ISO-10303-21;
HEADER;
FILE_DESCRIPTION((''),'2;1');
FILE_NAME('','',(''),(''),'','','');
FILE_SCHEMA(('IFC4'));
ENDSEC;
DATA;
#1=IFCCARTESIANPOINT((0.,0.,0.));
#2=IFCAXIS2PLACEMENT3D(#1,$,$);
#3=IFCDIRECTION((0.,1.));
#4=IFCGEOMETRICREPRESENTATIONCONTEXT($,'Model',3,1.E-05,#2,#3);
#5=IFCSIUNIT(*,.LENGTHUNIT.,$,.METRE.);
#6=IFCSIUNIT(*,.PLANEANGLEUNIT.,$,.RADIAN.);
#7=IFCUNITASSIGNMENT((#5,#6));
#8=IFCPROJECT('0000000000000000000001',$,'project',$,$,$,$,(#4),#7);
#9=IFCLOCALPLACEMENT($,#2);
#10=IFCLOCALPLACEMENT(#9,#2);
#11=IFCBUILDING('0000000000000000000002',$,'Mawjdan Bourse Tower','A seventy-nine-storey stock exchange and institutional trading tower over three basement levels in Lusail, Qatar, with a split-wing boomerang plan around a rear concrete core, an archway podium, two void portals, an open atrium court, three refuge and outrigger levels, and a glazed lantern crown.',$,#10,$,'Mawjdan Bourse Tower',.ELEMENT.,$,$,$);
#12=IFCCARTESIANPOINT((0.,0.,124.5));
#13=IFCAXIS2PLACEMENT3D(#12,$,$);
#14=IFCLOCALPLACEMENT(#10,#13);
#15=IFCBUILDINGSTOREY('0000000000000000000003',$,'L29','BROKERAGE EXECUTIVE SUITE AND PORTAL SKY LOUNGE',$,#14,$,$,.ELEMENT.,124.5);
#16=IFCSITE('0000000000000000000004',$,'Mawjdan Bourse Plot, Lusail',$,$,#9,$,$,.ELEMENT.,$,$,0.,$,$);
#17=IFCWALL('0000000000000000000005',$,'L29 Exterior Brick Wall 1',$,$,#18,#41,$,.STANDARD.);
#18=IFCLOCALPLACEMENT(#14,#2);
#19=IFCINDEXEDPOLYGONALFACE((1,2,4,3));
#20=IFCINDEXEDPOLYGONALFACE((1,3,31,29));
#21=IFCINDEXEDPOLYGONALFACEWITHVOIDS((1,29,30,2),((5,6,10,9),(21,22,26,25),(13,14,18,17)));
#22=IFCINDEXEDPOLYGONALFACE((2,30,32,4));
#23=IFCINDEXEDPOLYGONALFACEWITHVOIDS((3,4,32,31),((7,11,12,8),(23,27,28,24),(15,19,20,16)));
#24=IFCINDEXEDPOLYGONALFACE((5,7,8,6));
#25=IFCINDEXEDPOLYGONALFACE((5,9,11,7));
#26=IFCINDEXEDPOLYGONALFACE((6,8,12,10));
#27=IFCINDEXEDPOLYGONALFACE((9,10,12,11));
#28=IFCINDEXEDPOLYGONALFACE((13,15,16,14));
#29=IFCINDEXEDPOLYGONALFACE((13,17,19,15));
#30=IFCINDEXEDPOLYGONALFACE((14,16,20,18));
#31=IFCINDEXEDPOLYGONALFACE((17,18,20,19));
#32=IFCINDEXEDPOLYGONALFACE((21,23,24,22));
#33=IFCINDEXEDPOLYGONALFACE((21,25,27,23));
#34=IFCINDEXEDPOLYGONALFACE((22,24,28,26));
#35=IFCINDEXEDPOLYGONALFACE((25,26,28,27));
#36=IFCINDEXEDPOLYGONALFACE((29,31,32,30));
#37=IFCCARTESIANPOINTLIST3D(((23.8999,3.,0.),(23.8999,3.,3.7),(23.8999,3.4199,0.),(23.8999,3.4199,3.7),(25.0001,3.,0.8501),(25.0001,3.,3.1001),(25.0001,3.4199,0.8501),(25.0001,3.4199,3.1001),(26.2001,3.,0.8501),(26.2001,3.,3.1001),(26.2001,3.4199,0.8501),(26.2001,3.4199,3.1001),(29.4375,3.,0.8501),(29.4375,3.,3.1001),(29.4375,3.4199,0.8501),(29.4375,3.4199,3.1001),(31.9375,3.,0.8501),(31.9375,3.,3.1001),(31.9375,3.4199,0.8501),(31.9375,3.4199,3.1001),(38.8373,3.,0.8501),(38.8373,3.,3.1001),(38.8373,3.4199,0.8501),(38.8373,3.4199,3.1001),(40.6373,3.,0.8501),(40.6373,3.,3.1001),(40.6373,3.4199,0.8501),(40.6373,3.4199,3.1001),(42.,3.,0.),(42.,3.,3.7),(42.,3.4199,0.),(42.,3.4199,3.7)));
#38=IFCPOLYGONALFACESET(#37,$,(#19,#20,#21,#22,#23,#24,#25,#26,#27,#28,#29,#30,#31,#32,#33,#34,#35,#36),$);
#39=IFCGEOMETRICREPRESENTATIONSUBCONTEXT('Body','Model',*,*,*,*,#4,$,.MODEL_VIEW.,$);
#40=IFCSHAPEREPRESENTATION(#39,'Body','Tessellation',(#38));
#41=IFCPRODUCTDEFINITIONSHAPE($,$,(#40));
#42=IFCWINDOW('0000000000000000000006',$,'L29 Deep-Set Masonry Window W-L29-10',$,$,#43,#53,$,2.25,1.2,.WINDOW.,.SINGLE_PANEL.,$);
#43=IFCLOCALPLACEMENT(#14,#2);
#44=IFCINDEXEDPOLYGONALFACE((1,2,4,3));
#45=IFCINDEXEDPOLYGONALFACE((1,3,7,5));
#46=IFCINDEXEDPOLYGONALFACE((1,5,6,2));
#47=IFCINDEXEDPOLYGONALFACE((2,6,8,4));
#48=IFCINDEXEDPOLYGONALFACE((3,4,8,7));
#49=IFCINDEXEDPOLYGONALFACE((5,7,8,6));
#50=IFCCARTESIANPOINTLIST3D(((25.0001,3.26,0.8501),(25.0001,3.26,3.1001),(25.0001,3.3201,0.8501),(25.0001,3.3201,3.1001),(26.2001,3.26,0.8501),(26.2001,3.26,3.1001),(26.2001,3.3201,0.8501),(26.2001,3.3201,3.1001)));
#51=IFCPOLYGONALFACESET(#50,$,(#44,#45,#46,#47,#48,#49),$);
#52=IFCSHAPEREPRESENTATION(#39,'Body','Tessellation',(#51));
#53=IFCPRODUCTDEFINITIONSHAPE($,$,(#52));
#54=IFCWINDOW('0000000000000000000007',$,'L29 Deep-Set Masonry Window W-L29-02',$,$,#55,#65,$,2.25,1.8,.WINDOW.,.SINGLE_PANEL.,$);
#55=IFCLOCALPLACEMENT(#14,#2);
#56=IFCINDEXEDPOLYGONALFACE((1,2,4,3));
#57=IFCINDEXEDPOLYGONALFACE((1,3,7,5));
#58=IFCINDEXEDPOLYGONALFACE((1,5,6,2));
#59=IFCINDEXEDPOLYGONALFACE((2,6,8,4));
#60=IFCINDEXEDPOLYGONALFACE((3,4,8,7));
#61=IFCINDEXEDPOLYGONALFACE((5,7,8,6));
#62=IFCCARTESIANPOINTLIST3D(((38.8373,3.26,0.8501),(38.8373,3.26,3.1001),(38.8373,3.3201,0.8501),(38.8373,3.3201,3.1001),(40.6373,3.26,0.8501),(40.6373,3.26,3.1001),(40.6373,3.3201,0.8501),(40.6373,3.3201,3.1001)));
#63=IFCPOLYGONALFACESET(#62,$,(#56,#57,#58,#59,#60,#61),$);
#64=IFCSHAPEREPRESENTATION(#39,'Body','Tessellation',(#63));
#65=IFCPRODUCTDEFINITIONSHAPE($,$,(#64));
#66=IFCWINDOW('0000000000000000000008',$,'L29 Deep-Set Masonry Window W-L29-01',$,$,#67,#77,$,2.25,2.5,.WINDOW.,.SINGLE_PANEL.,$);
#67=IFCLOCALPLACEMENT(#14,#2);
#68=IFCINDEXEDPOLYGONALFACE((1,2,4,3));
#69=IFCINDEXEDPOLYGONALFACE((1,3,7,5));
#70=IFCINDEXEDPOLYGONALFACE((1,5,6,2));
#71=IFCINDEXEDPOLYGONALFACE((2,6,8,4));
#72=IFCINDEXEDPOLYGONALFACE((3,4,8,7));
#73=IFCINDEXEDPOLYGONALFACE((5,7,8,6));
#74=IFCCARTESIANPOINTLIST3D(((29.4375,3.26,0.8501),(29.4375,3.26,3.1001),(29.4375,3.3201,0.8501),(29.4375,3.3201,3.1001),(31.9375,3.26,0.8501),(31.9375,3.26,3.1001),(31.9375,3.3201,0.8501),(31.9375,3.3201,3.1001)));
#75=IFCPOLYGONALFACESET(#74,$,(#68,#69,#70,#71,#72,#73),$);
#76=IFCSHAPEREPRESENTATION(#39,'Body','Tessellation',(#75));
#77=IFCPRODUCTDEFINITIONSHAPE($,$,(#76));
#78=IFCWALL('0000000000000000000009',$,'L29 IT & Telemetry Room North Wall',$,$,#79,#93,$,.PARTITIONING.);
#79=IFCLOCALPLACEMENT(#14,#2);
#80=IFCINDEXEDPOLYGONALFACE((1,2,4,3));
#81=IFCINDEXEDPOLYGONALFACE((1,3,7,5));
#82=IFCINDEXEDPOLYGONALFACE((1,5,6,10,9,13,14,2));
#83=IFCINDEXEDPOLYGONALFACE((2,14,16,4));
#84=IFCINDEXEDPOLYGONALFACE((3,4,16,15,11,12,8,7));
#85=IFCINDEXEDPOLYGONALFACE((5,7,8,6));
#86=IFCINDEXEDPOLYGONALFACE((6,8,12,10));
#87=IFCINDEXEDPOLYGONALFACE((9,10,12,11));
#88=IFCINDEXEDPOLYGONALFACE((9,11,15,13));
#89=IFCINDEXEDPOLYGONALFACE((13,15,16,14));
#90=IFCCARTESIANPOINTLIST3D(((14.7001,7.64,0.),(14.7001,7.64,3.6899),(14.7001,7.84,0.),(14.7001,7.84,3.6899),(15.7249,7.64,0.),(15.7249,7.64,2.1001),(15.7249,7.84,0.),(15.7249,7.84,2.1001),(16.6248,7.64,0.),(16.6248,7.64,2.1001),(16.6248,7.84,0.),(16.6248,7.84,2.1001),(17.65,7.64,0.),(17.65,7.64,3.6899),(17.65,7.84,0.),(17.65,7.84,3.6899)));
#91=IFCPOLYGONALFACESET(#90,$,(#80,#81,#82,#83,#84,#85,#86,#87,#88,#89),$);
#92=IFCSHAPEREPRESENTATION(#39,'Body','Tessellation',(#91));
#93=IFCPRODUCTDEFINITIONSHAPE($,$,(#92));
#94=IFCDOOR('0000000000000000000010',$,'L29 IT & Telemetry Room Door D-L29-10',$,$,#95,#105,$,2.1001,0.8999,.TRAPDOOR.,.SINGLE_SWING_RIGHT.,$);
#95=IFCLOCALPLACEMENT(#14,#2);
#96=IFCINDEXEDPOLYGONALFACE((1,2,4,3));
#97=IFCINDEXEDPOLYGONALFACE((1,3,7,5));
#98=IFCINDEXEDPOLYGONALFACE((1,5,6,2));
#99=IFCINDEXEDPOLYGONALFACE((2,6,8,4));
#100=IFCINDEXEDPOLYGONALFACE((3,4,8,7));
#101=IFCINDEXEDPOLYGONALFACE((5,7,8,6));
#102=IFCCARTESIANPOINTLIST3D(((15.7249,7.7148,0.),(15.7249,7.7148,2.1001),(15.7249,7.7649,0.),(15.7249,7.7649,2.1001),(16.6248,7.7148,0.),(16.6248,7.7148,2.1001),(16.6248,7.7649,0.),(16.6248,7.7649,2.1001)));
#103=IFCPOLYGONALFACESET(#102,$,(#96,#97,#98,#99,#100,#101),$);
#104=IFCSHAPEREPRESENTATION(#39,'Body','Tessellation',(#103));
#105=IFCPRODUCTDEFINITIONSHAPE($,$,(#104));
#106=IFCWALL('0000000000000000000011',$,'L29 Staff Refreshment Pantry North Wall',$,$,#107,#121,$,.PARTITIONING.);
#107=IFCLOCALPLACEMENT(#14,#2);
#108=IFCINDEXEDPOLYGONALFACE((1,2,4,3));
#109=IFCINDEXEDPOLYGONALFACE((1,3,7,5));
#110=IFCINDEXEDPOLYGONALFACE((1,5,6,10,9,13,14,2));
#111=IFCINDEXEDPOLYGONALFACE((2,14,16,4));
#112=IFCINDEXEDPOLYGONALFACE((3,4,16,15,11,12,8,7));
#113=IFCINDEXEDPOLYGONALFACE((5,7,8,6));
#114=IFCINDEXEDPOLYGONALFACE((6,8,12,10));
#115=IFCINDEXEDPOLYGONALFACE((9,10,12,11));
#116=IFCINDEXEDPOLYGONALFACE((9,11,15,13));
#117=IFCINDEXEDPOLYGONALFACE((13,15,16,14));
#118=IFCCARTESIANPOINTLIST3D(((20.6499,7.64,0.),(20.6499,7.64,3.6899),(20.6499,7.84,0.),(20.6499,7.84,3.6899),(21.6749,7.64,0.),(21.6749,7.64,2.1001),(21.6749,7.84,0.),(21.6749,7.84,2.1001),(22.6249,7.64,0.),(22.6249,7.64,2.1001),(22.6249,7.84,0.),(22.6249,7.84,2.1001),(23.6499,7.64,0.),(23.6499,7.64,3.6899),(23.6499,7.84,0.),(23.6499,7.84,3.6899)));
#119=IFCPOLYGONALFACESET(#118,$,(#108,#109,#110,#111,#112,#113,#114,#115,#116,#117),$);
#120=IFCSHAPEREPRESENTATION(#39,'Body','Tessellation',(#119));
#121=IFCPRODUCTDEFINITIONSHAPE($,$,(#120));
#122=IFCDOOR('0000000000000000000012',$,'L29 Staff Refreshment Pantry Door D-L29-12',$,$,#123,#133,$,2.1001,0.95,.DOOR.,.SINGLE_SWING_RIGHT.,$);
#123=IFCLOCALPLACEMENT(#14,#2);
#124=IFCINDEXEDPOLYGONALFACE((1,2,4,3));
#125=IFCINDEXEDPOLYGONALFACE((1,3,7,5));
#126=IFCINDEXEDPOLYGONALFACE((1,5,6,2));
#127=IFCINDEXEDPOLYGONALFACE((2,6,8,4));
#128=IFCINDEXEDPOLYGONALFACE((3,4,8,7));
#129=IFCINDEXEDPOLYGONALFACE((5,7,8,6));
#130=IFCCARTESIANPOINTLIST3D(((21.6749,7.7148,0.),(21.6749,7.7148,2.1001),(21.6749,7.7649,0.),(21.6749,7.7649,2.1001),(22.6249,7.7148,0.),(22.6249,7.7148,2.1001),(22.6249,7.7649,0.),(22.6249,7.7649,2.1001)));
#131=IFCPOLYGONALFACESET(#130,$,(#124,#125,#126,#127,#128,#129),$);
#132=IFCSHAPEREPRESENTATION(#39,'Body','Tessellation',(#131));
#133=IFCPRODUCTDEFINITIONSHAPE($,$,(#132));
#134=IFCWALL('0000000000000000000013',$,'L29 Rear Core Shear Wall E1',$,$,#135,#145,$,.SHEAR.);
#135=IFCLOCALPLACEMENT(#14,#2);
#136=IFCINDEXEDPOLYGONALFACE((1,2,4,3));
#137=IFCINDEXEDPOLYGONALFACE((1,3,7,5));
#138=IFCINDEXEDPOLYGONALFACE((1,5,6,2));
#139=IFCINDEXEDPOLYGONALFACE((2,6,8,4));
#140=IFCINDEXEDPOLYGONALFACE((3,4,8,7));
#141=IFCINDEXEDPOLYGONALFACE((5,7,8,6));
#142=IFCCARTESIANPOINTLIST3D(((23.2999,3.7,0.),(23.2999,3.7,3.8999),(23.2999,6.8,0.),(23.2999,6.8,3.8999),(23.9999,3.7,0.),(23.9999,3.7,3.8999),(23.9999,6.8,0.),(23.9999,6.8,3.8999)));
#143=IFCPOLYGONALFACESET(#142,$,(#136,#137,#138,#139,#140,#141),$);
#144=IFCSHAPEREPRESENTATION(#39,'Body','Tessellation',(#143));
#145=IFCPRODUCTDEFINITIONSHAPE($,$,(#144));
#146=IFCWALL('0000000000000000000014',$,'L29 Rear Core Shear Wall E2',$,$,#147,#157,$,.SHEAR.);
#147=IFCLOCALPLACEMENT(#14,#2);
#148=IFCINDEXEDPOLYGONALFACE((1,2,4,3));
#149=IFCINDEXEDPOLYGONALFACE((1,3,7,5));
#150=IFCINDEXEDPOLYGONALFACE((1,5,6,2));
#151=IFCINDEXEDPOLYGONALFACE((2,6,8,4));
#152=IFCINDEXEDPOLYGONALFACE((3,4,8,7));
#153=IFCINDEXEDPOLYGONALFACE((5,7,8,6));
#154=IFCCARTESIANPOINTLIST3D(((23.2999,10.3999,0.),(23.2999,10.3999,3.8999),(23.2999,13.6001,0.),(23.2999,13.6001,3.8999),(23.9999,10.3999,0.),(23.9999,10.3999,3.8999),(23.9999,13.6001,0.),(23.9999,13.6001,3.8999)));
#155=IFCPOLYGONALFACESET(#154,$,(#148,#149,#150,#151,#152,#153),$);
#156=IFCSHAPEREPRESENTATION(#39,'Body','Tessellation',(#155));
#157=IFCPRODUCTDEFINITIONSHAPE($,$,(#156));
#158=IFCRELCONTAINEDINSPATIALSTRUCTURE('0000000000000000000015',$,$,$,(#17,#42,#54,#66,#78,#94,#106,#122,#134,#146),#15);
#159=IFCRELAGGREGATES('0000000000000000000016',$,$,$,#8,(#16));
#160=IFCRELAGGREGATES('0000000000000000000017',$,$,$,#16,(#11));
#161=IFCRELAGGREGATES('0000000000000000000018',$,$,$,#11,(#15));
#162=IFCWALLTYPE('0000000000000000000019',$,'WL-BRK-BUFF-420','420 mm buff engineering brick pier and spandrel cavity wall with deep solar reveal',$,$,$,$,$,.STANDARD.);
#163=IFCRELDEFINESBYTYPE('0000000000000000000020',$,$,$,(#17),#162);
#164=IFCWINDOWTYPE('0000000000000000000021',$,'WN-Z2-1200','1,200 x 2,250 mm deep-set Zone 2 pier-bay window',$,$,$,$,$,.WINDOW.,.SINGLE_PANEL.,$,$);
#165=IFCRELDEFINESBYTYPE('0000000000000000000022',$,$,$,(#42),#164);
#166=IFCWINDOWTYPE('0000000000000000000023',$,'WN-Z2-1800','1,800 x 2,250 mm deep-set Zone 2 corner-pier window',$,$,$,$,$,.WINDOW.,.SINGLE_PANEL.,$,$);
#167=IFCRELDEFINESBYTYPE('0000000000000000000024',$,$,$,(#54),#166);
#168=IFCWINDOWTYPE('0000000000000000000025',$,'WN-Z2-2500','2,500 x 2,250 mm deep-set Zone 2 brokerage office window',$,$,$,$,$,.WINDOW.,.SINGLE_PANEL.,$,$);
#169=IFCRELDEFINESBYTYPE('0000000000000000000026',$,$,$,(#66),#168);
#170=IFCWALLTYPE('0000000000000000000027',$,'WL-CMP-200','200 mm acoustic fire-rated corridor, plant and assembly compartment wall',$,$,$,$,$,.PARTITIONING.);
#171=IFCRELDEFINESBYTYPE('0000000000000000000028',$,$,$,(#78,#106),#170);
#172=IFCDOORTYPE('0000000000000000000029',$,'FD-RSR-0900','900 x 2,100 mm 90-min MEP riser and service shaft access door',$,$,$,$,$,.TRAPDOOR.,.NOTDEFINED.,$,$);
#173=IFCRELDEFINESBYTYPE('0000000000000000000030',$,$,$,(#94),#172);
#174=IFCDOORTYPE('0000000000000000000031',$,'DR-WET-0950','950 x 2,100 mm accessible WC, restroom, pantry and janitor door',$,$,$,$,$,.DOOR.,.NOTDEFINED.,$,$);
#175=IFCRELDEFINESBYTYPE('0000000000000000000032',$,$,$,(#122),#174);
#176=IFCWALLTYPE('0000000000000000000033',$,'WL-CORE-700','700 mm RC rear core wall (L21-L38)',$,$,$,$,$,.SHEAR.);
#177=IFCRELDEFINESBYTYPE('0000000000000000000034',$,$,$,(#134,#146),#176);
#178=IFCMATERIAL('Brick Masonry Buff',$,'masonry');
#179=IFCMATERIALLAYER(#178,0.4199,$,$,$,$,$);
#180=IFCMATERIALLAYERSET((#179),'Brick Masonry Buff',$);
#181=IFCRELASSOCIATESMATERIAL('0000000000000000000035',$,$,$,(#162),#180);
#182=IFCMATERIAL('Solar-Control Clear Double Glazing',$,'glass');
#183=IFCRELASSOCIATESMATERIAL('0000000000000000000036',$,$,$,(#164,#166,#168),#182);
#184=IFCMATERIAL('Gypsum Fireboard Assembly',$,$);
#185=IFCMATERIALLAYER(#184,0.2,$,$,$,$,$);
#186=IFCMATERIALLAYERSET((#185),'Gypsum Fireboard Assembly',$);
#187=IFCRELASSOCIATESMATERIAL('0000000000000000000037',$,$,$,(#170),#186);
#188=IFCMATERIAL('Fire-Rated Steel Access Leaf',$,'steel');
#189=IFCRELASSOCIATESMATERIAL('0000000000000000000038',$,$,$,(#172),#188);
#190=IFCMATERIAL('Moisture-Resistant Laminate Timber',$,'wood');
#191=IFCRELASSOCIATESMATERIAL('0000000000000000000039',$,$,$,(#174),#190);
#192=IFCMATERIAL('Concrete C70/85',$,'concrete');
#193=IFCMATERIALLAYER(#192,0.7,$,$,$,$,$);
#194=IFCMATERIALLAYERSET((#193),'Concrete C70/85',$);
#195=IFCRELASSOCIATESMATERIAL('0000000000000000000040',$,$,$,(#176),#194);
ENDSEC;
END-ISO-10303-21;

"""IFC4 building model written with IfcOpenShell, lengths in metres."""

from ifc_helpers import new_model, si_unit, direction, frame, frame_2d, origin, place, context, subcontext, project, spatial, rectangle, extrude, material, layer, layer_set, type_object, element, fill, save


model = new_model("IFC4")

# Units and contexts
model_context = context("Model", 3, precision=1e-05, world=origin(), true_north=direction((0.0, 1.0)))
body_context = subcontext(model_context, "Body", "Model", "MODEL_VIEW")
ifc_project = project(units=[si_unit("LENGTHUNIT", "METRE"), si_unit("PLANEANGLEUNIT", "RADIAN")], contexts=[model_context])

# Site, building, storey
site_placement = place(None, origin())
site = spatial("IfcSite", under=ifc_project, at=site_placement, Name="Mawjdan Bourse Plot, Lusail", CompositionType="ELEMENT", RefElevation=0.0)
building_placement = place(site_placement, origin())
building = spatial("IfcBuilding", under=site, at=building_placement, Name="Mawjdan Bourse Tower", Description="A seventy-nine-storey stock exchange and institutional trading tower over three basement levels in Lusail, Qatar, with a split-wing boomerang plan around a rear concrete core, an archway podium, two void portals, an open atrium court, three refuge and outrigger levels, and a glazed lantern crown.", LongName="Mawjdan Bourse Tower", CompositionType="ELEMENT")
storey_placement = place(building_placement, frame((0.0, 0.0, 124.5)))
storey = spatial("IfcBuildingStorey", under=building, at=storey_placement, Name="L29", Description="BROKERAGE EXECUTIVE SUITE AND PORTAL SKY LOUNGE", CompositionType="ELEMENT", Elevation=124.5)

# Shared definitions
ifc_material_1 = material(Name="Concrete C70/85", Category="concrete")

# Wall, openings, windows
ifc_material_2 = material(Name="Brick Masonry Buff", Category="masonry")
ifc_layer_1 = layer(ifc_material_2, 0.4199)
ifc_layer_set_1 = layer_set([ifc_layer_1], Name="Brick Masonry Buff")
wall_type_1 = type_object("IfcWallType", Name="WL-BRK-BUFF-420", Description="420 mm buff engineering brick pier and spandrel cavity wall with deep solar reveal", PredefinedType="STANDARD", material=ifc_layer_set_1)
wall_1_placement = place(storey_placement, frame((23.8999, 3.21, 0.0), z_axis=(0.0, 0.0, 1.0), x_axis=(1.0, 0.0, 0.0)))
wall_1 = element("IfcWall", 1, at=wall_1_placement, inside=storey, type_object=wall_type_1, Name="L29 Exterior Brick Wall 1", PredefinedType="STANDARD", context=body_context, shape_type="SweptSolid", body=[
    extrude(rectangle(XDim=18.1001, YDim=0.4199, at=frame_2d((9.05, 0.0))), origin(), (0.0, 0.0, 1.0), 3.7),
])
opening_1_placement = place(wall_1_placement, frame((5.5376, 0.0, 0.8501)))
opening_1 = element("IfcOpeningElement", 2, at=opening_1_placement, cuts=wall_1, PredefinedType="OPENING", context=body_context, shape_type="SweptSolid", body=[
    extrude(rectangle(XDim=2.5, YDim=2.25, at=frame_2d((1.25, 1.125))), frame((0.0, 0.22, 0.0), z_axis=(0.0, -1.0, 0.0), x_axis=(1.0, 0.0, 0.0)), (0.0, 0.0, 1.0), 0.4399),
])
opening_2_placement = place(wall_1_placement, frame((14.9375, 0.0, 0.8501)))
opening_2 = element("IfcOpeningElement", 3, at=opening_2_placement, cuts=wall_1, PredefinedType="OPENING", context=body_context, shape_type="SweptSolid", body=[
    extrude(rectangle(XDim=1.8, YDim=2.25, at=frame_2d((0.8999, 1.125))), frame((0.0, 0.22, 0.0), z_axis=(0.0, -1.0, 0.0), x_axis=(1.0, 0.0, 0.0)), (0.0, 0.0, 1.0), 0.4399),
])
opening_3_placement = place(wall_1_placement, frame((1.1001, 0.0, 0.8501)))
opening_3 = element("IfcOpeningElement", 4, at=opening_3_placement, cuts=wall_1, PredefinedType="OPENING", context=body_context, shape_type="SweptSolid", body=[
    extrude(rectangle(XDim=1.2, YDim=2.25, at=frame_2d((0.6001, 1.125))), frame((0.0, 0.22, 0.0), z_axis=(0.0, -1.0, 0.0), x_axis=(1.0, 0.0, 0.0)), (0.0, 0.0, 1.0), 0.4399),
])
ifc_material_3 = material(Name="Solar-Control Clear Double Glazing", Category="glass")
window_type_1 = type_object("IfcWindowType", Name="WN-Z2-1200", Description="1,200 x 2,250 mm deep-set Zone 2 pier-bay window", PartitioningType="SINGLE_PANEL", PredefinedType="WINDOW", material=ifc_material_3)
window_1_placement = place(opening_3_placement, origin())
window_1 = element("IfcWindow", 5, at=window_1_placement, inside=storey, type_object=window_type_1, Name="L29 Deep-Set Masonry Window W-L29-10", OverallHeight=2.25, OverallWidth=1.2, PartitioningType="SINGLE_PANEL", PredefinedType="WINDOW", context=body_context, shape_type="SweptSolid", body=[
    extrude(rectangle(XDim=1.2, YDim=2.25, at=frame_2d((0.6001, 1.125))), frame((0.0, 0.1101, 0.0), z_axis=(0.0, -1.0, 0.0), x_axis=(1.0, 0.0, 0.0)), (0.0, 0.0, 1.0), 0.0601),
])
fill(opening_3, window_1)
window_type_2 = type_object("IfcWindowType", Name="WN-Z2-1800", Description="1,800 x 2,250 mm deep-set Zone 2 corner-pier window", PartitioningType="SINGLE_PANEL", PredefinedType="WINDOW", material=ifc_material_3)
window_2_placement = place(opening_2_placement, origin())
window_2 = element("IfcWindow", 6, at=window_2_placement, inside=storey, type_object=window_type_2, Name="L29 Deep-Set Masonry Window W-L29-02", OverallHeight=2.25, OverallWidth=1.8, PartitioningType="SINGLE_PANEL", PredefinedType="WINDOW", context=body_context, shape_type="SweptSolid", body=[
    extrude(rectangle(XDim=1.8, YDim=2.25, at=frame_2d((0.8999, 1.125))), frame((0.0, 0.1101, 0.0), z_axis=(0.0, -1.0, 0.0), x_axis=(1.0, 0.0, 0.0)), (0.0, 0.0, 1.0), 0.0601),
])
fill(opening_2, window_2)
window_type_3 = type_object("IfcWindowType", Name="WN-Z2-2500", Description="2,500 x 2,250 mm deep-set Zone 2 brokerage office window", PartitioningType="SINGLE_PANEL", PredefinedType="WINDOW", material=ifc_material_3)
window_3_placement = place(opening_1_placement, origin())
window_3 = element("IfcWindow", 7, at=window_3_placement, inside=storey, type_object=window_type_3, Name="L29 Deep-Set Masonry Window W-L29-01", OverallHeight=2.25, OverallWidth=2.5, PartitioningType="SINGLE_PANEL", PredefinedType="WINDOW", context=body_context, shape_type="SweptSolid", body=[
    extrude(rectangle(XDim=2.5, YDim=2.25, at=frame_2d((1.25, 1.125))), frame((0.0, 0.1101, 0.0), z_axis=(0.0, -1.0, 0.0), x_axis=(1.0, 0.0, 0.0)), (0.0, 0.0, 1.0), 0.0601),
])
fill(opening_1, window_3)

# Walls, openings, doors
ifc_material_4 = material(Name="Gypsum Fireboard Assembly")
ifc_layer_2 = layer(ifc_material_4, 0.2)
ifc_layer_set_2 = layer_set([ifc_layer_2], Name="Gypsum Fireboard Assembly")
wall_type_2 = type_object("IfcWallType", Name="WL-CMP-200", Description="200 mm acoustic fire-rated corridor, plant and assembly compartment wall", PredefinedType="PARTITIONING", material=ifc_layer_set_2)
wall_2_placement = place(storey_placement, frame((14.7, 7.74, 0.0), z_axis=(0.0, 0.0, 1.0), x_axis=(1.0, 0.0, 0.0)))
wall_2 = element("IfcWall", 8, at=wall_2_placement, inside=storey, type_object=wall_type_2, Name="L29 IT & Telemetry Room North Wall", PredefinedType="PARTITIONING", context=body_context, shape_type="SweptSolid", body=[
    extrude(rectangle(XDim=2.95, YDim=0.2, at=frame_2d((1.4751, 0.0))), origin(), (0.0, 0.0, 1.0), 3.6899),
])
opening_4_placement = place(wall_2_placement, frame((1.0249, 0.0, 0.0)))
opening_4 = element("IfcOpeningElement", 9, at=opening_4_placement, cuts=wall_2, PredefinedType="OPENING", context=body_context, shape_type="SweptSolid", body=[
    extrude(rectangle(XDim=0.8999, YDim=2.1001, at=frame_2d((0.45, 1.05))), frame((0.0, 0.1099, 0.0), z_axis=(0.0, -1.0, 0.0), x_axis=(1.0, 0.0, 0.0)), (0.0, 0.0, 1.0), 0.22),
])
ifc_material_5 = material(Name="Fire-Rated Steel Access Leaf", Category="steel")
door_type_1 = type_object("IfcDoorType", Name="FD-RSR-0900", Description="900 x 2,100 mm 90-min MEP riser and service shaft access door", OperationType="NOTDEFINED", PredefinedType="TRAPDOOR", material=ifc_material_5)
door_1_placement = place(opening_4_placement, origin())
door_1 = element("IfcDoor", 10, at=door_1_placement, inside=storey, type_object=door_type_1, Name="L29 IT & Telemetry Room Door D-L29-10", OperationType="SINGLE_SWING_RIGHT", OverallHeight=2.1001, OverallWidth=0.8999, PredefinedType="TRAPDOOR", context=body_context, shape_type="SweptSolid", body=[
    extrude(rectangle(XDim=0.8999, YDim=2.1001, at=frame_2d((0.45, 1.05))), frame((0.0, 0.0249, 0.0), z_axis=(0.0, -1.0, 0.0), x_axis=(1.0, 0.0, 0.0)), (0.0, 0.0, 1.0), 0.05),
])
fill(opening_4, door_1)
wall_3_placement = place(storey_placement, frame((20.6499, 7.74, 0.0), z_axis=(0.0, 0.0, 1.0), x_axis=(1.0, 0.0, 0.0)))
wall_3 = element("IfcWall", 11, at=wall_3_placement, inside=storey, type_object=wall_type_2, Name="L29 Staff Refreshment Pantry North Wall", PredefinedType="PARTITIONING", context=body_context, shape_type="SweptSolid", body=[
    extrude(rectangle(XDim=3.0, YDim=0.2, at=frame_2d((1.5, 0.0))), origin(), (0.0, 0.0, 1.0), 3.6899),
])
opening_5_placement = place(wall_3_placement, frame((1.0249, 0.0, 0.0)))
opening_5 = element("IfcOpeningElement", 12, at=opening_5_placement, cuts=wall_3, PredefinedType="OPENING", context=body_context, shape_type="SweptSolid", body=[
    extrude(rectangle(XDim=0.95, YDim=2.1001, at=frame_2d((0.4751, 1.05))), frame((0.0, 0.1099, 0.0), z_axis=(0.0, -1.0, 0.0), x_axis=(1.0, 0.0, 0.0)), (0.0, 0.0, 1.0), 0.22),
])
ifc_material_6 = material(Name="Moisture-Resistant Laminate Timber", Category="wood")
door_type_2 = type_object("IfcDoorType", Name="DR-WET-0950", Description="950 x 2,100 mm accessible WC, restroom, pantry and janitor door", OperationType="NOTDEFINED", PredefinedType="DOOR", material=ifc_material_6)
door_2_placement = place(opening_5_placement, origin())
door_2 = element("IfcDoor", 13, at=door_2_placement, inside=storey, type_object=door_type_2, Name="L29 Staff Refreshment Pantry Door D-L29-12", OperationType="SINGLE_SWING_RIGHT", OverallHeight=2.1001, OverallWidth=0.95, PredefinedType="DOOR", context=body_context, shape_type="SweptSolid", body=[
    extrude(rectangle(XDim=0.95, YDim=2.1001, at=frame_2d((0.4751, 1.05))), frame((0.0, 0.0249, 0.0), z_axis=(0.0, -1.0, 0.0), x_axis=(1.0, 0.0, 0.0)), (0.0, 0.0, 1.0), 0.05),
])
fill(opening_5, door_2)

# Walls
ifc_layer_3 = layer(ifc_material_1, 0.7)
ifc_layer_set_3 = layer_set([ifc_layer_3], Name="Concrete C70/85")
wall_type_3 = type_object("IfcWallType", Name="WL-CORE-700", Description="700 mm RC rear core wall (L21-L38)", PredefinedType="SHEAR", material=ifc_layer_set_3)
wall_4_placement = place(storey_placement, frame((23.6499, 3.7, 0.0), z_axis=(0.0, 0.0, 1.0), x_axis=(0.0, 1.0, 0.0)))
element("IfcWall", 14, at=wall_4_placement, inside=storey, type_object=wall_type_3, Name="L29 Rear Core Shear Wall E1", PredefinedType="SHEAR", context=body_context, shape_type="SweptSolid", body=[
    extrude(rectangle(XDim=3.1001, YDim=0.7, at=frame_2d((1.55, 0.0))), origin(), (0.0, 0.0, 1.0), 3.8999),
])
wall_5_placement = place(storey_placement, frame((23.6499, 10.3999, 0.0), z_axis=(0.0, 0.0, 1.0), x_axis=(0.0, 1.0, 0.0)))
element("IfcWall", 15, at=wall_5_placement, inside=storey, type_object=wall_type_3, Name="L29 Rear Core Shear Wall E2", PredefinedType="SHEAR", context=body_context, shape_type="SweptSolid", body=[
    extrude(rectangle(XDim=3.2002, YDim=0.7, at=frame_2d((1.6001, 0.0))), origin(), (0.0, 0.0, 1.0), 3.8999),
])

save(model, "model.ifc")
